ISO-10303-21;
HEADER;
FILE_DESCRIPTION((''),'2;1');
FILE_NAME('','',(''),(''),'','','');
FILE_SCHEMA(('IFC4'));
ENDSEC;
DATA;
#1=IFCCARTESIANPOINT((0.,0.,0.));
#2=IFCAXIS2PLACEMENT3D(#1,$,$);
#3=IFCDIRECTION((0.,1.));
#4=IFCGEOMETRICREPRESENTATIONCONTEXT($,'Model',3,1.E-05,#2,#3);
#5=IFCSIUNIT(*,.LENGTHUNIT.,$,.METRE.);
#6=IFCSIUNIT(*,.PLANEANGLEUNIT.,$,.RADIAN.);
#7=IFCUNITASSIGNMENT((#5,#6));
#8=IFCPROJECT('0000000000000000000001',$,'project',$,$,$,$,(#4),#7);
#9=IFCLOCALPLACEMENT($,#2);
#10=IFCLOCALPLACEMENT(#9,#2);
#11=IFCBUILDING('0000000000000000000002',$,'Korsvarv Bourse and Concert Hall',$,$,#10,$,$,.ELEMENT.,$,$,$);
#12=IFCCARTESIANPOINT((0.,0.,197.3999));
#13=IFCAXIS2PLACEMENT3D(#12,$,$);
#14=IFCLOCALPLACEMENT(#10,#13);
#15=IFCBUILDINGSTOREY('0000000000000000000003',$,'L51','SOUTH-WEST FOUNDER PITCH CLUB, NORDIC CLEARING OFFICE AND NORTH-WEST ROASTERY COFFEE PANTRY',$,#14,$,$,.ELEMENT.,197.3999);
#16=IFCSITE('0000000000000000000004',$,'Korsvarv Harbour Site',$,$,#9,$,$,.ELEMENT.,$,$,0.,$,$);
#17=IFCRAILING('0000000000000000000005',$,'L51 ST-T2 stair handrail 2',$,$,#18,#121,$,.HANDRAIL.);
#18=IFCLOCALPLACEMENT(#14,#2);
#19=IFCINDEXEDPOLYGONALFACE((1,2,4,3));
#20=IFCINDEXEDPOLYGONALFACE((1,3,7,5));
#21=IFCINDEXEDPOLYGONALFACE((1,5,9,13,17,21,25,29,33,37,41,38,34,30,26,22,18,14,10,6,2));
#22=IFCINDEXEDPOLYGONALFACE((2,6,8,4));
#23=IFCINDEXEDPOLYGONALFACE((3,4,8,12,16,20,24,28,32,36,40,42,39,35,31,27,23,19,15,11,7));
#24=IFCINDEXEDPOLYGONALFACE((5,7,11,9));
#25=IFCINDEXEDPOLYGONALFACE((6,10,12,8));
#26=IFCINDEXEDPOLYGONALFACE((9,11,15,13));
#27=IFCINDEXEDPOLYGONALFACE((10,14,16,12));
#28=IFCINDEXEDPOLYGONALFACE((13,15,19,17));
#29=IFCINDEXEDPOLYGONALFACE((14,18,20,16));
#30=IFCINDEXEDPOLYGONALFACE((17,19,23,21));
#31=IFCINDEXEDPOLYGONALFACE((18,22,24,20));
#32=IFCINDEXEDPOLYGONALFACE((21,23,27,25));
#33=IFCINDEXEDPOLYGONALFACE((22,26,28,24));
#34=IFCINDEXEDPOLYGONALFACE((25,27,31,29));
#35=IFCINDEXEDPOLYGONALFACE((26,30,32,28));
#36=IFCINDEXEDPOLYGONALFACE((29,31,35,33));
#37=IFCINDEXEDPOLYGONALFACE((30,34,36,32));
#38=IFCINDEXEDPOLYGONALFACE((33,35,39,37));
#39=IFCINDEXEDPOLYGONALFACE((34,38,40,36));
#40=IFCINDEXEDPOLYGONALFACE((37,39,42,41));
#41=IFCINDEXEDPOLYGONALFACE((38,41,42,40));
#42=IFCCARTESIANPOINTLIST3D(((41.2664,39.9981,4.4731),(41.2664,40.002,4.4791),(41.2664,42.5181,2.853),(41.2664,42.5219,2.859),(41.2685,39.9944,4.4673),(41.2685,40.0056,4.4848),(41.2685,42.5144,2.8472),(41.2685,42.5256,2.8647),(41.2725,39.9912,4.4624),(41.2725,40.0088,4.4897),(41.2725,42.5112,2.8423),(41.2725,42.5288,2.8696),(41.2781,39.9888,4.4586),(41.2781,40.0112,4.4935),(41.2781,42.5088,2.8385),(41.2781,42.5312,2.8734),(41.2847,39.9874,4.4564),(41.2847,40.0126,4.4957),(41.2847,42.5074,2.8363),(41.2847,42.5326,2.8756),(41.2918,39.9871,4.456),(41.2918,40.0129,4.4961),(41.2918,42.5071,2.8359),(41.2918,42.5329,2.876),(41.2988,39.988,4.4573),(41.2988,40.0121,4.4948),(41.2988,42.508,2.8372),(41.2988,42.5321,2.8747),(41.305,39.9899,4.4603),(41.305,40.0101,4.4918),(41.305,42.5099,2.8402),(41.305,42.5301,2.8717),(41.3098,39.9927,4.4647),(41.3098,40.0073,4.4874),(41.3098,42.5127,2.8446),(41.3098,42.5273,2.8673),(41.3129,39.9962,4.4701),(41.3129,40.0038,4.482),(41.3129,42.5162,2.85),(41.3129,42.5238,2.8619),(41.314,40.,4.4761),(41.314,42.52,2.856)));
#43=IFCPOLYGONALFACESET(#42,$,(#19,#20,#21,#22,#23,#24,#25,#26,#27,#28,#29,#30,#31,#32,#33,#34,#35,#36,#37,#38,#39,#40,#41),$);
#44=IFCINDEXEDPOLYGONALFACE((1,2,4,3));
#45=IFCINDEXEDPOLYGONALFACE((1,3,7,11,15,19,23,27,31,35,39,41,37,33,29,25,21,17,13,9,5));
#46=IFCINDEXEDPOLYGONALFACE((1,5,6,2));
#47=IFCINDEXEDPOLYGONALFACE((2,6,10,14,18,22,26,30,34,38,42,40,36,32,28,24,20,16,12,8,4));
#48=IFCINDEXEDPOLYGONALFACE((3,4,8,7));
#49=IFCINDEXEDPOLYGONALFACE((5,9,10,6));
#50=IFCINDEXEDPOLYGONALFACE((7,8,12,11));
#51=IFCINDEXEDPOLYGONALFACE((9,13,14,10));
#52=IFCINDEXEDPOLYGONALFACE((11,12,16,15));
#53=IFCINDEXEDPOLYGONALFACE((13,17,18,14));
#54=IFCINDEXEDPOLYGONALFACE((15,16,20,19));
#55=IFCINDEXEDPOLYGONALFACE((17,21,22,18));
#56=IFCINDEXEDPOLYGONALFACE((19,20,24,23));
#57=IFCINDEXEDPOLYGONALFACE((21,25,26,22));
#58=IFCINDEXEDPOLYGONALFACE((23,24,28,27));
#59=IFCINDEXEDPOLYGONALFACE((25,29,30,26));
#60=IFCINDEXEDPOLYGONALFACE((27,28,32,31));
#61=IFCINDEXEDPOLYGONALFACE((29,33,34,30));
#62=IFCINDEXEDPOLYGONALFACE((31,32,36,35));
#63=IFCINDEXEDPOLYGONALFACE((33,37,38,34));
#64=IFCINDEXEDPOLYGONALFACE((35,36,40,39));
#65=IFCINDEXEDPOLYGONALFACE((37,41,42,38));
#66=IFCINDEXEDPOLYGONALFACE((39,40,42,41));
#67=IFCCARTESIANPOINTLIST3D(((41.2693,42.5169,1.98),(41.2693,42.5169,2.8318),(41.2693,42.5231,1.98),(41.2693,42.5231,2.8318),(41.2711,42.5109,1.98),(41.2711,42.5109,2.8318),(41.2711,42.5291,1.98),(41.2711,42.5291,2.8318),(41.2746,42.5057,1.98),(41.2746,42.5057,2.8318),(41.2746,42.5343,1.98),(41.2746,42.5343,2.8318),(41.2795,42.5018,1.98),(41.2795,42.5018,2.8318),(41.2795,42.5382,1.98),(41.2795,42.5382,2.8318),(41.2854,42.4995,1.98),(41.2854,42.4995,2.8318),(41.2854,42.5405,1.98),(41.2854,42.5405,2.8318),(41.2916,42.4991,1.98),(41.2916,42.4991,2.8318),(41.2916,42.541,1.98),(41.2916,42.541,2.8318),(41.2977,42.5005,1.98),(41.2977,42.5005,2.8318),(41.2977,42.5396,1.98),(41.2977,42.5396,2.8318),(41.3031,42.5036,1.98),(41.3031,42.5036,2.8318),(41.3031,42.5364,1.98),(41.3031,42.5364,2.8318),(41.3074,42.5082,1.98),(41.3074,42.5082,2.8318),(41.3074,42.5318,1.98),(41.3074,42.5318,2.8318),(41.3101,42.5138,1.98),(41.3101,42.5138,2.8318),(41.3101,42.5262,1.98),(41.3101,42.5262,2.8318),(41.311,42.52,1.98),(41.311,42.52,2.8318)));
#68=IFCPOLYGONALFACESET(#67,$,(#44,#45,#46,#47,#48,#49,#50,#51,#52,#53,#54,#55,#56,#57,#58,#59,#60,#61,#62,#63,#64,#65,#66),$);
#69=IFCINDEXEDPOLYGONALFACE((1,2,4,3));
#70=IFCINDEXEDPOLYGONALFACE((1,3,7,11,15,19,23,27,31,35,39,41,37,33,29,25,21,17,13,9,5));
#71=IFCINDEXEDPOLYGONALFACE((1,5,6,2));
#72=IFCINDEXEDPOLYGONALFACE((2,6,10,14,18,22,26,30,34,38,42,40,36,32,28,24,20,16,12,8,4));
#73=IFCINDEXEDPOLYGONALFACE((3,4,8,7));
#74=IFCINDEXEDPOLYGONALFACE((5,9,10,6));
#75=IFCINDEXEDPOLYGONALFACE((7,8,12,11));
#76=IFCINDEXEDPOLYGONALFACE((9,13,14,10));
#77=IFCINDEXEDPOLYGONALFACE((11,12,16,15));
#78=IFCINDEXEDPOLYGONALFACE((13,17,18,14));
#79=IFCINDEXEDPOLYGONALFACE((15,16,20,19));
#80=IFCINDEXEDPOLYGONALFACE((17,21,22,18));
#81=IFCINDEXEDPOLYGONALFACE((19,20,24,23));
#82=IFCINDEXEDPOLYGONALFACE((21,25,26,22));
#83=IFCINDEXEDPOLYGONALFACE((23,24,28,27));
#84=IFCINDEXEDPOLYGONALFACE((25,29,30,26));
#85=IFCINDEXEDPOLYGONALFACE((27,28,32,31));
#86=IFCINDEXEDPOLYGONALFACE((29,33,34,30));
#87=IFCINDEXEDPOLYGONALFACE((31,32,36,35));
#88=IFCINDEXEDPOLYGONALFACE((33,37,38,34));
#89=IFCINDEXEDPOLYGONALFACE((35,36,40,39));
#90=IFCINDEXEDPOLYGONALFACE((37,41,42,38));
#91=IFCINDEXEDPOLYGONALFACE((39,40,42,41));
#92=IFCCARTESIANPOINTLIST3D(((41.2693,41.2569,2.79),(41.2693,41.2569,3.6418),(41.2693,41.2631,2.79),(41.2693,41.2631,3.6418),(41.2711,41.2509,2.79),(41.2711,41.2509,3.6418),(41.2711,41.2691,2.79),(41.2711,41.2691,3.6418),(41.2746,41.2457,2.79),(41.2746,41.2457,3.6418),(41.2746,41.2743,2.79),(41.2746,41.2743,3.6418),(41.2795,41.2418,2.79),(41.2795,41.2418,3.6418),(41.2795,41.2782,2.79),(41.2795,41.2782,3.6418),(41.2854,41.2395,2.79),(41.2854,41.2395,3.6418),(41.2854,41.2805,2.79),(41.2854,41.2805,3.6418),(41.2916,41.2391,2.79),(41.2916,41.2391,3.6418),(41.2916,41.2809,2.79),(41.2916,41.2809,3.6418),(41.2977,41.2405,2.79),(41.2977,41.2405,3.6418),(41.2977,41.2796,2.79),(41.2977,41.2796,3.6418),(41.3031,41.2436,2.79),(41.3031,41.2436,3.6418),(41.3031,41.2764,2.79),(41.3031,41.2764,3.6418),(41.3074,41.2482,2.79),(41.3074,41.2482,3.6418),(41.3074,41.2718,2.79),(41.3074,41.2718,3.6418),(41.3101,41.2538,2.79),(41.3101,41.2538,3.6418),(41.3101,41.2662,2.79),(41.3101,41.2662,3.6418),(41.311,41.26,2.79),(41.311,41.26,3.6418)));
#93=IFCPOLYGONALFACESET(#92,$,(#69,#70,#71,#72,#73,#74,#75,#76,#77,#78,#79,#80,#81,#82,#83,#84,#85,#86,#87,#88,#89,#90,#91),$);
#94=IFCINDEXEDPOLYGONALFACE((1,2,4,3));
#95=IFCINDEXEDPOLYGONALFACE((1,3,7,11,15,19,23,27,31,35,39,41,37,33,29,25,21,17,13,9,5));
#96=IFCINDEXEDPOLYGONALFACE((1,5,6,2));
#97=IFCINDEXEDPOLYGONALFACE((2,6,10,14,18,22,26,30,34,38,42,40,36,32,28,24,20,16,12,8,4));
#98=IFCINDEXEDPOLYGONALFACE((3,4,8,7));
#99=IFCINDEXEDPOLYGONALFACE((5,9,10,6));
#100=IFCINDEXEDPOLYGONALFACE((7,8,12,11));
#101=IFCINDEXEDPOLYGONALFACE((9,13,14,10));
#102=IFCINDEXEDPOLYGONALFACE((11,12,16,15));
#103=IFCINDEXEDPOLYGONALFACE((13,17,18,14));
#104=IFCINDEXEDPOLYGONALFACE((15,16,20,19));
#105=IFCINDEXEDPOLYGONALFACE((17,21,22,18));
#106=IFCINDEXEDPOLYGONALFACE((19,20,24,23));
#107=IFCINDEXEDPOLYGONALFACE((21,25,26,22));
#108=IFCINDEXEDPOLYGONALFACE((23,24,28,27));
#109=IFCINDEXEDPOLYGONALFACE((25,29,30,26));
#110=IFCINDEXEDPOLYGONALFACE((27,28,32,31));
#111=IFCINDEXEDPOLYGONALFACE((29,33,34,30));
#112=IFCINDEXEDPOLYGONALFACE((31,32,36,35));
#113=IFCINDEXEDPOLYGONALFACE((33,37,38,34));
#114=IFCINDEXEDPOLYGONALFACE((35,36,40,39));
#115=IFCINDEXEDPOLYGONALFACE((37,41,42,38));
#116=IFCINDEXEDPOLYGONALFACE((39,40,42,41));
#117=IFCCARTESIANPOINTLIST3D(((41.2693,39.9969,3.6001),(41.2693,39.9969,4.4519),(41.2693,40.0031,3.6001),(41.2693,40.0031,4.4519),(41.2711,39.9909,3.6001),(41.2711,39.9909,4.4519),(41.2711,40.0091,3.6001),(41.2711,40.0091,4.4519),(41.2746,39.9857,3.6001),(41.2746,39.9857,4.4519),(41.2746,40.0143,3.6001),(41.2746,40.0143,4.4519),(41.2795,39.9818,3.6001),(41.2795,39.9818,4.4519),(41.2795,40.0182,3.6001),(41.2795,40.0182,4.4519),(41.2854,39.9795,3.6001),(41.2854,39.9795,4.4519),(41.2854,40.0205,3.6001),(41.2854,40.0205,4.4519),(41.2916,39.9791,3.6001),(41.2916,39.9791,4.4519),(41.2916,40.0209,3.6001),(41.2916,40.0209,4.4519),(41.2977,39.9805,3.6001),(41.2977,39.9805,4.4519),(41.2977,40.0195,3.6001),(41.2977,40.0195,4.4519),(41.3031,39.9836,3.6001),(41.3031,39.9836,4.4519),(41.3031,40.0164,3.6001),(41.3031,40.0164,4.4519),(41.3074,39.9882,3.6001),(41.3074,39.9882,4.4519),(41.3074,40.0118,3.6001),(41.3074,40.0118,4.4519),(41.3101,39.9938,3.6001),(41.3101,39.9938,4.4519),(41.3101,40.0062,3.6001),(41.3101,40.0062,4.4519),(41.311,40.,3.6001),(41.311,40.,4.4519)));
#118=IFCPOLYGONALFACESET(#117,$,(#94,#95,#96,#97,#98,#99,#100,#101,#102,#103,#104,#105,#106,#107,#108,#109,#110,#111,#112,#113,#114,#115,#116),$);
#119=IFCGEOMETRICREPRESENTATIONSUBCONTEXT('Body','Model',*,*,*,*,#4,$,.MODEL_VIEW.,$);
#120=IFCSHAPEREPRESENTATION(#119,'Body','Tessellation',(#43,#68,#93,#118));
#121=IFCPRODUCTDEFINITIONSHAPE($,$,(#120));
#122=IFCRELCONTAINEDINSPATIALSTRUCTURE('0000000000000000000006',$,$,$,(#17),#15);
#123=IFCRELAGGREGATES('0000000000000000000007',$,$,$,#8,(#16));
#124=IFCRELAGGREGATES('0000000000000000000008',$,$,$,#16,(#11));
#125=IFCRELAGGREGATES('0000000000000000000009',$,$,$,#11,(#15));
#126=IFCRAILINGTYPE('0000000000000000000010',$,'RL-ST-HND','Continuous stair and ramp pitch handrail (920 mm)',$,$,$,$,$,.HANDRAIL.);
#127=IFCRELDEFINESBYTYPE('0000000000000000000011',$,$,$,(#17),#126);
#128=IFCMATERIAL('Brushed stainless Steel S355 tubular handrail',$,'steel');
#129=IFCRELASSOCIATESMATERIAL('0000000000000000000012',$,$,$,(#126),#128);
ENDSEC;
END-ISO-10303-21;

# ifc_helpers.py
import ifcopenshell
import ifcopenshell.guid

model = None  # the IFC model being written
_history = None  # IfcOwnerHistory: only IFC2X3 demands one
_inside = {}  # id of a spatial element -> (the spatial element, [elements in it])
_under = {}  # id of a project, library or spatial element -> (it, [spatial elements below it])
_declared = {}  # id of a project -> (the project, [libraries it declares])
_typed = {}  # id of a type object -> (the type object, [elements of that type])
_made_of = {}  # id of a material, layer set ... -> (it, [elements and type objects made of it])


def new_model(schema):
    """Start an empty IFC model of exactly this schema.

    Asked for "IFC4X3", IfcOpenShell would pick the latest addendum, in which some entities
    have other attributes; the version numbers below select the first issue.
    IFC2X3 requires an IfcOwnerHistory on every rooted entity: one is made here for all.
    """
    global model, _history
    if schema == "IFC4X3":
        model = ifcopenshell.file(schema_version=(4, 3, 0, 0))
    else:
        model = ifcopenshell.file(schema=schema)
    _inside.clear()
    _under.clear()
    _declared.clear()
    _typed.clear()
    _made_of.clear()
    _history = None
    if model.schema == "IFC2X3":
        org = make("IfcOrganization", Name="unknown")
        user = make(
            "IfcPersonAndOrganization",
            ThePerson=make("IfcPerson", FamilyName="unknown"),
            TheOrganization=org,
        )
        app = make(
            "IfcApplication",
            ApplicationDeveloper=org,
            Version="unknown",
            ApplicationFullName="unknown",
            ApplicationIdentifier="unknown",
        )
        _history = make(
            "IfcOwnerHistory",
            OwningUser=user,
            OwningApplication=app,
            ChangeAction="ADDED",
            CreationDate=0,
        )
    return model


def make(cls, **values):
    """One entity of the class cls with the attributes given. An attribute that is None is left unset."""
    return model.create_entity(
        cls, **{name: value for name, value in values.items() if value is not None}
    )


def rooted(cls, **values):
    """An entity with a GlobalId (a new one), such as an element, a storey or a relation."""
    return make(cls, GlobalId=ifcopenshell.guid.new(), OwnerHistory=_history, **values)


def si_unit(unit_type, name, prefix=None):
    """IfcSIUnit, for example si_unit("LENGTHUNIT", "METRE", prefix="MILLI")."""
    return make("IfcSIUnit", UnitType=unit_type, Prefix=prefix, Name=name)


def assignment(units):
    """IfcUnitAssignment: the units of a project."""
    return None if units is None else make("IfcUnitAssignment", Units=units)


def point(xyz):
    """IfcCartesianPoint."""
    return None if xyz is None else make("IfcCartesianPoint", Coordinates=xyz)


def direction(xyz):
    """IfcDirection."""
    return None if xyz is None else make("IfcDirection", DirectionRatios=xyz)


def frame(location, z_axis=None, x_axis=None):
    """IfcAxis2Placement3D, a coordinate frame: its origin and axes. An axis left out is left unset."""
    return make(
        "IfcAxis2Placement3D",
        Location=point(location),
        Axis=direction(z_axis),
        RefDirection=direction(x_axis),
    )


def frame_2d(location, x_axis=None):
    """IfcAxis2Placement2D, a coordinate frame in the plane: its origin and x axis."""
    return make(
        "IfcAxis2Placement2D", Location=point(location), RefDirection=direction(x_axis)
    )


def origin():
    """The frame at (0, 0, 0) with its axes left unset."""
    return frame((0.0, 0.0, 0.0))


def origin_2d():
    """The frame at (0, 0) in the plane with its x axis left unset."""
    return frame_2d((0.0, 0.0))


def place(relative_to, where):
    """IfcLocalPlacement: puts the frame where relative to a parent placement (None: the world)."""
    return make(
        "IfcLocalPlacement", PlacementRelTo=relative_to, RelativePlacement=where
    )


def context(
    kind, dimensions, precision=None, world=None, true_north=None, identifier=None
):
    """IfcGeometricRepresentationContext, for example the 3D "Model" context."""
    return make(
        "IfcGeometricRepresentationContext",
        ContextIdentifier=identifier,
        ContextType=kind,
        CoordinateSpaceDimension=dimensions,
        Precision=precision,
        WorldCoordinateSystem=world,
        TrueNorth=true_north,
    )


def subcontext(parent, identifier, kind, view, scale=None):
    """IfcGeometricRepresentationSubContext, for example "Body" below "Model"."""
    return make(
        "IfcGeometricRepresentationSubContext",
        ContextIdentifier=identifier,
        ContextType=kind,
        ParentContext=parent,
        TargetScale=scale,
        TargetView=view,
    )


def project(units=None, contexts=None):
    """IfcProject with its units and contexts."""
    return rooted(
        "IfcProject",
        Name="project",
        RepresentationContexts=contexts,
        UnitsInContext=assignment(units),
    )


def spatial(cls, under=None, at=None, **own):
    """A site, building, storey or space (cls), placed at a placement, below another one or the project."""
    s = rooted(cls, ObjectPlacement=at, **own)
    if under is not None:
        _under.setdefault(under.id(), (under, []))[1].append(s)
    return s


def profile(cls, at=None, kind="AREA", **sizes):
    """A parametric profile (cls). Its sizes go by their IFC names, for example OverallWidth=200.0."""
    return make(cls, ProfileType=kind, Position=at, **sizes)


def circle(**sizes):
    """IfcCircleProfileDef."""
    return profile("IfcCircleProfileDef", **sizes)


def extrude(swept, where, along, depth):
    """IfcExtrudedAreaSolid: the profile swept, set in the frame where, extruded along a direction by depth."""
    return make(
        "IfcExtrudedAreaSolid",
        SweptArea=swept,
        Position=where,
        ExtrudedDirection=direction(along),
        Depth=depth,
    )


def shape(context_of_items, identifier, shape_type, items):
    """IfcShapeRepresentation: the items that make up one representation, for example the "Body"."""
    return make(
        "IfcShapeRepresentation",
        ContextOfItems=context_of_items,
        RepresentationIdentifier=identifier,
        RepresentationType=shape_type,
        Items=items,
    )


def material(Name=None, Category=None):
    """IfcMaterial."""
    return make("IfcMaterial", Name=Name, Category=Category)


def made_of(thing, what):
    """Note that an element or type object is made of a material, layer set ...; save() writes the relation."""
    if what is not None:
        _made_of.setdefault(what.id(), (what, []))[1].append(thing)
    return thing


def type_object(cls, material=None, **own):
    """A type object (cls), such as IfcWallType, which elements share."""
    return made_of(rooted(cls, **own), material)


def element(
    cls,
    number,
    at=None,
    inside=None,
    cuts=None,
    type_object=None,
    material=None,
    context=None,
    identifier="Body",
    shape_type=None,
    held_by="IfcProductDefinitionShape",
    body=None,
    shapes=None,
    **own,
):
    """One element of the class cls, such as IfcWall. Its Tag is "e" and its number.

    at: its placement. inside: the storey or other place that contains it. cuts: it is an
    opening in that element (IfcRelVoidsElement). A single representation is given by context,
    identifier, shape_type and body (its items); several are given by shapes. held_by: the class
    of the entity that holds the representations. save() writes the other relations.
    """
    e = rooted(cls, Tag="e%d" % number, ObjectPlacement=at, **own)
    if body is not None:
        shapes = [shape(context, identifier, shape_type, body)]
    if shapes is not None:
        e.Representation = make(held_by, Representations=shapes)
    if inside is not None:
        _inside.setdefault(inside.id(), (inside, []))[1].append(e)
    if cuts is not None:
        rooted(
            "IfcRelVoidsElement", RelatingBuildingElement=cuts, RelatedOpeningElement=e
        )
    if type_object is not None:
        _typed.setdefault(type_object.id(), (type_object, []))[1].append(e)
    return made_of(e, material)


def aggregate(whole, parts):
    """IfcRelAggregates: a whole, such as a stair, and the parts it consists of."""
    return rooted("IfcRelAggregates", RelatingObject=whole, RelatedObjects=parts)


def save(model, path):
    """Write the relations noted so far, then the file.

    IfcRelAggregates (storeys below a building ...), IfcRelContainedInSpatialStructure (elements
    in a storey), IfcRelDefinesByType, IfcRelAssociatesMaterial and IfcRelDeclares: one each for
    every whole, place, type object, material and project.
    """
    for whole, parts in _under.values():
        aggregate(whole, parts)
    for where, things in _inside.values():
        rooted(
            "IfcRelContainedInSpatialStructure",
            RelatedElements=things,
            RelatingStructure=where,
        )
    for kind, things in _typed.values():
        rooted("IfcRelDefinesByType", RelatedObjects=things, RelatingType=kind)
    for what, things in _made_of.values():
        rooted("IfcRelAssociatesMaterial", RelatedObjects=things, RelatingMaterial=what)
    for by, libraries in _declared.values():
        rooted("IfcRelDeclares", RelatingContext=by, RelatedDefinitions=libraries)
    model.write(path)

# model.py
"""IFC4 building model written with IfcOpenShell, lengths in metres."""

from ifc_helpers import new_model, si_unit, direction, frame, origin, origin_2d, place, context, subcontext, project, spatial, circle, extrude, material, type_object, element, save


model = new_model("IFC4")

# Units and contexts
model_context = context("Model", 3, precision=1e-05, world=origin(), true_north=direction((0.0, 1.0)))
body_context = subcontext(model_context, "Body", "Model", "MODEL_VIEW")
ifc_project = project(units=[si_unit("LENGTHUNIT", "METRE"), si_unit("PLANEANGLEUNIT", "RADIAN")], contexts=[model_context])

# Site, building, storey
site_placement = place(None, origin())
site = spatial("IfcSite", under=ifc_project, at=site_placement, Name="Korsvarv Harbour Site", CompositionType="ELEMENT", RefElevation=0.0)
building_placement = place(site_placement, origin())
building = spatial("IfcBuilding", under=site, at=building_placement, Name="Korsvarv Bourse and Concert Hall", CompositionType="ELEMENT")
storey_placement = place(building_placement, frame((0.0, 0.0, 197.3999)))
storey = spatial("IfcBuildingStorey", under=building, at=storey_placement, Name="L51", Description="SOUTH-WEST FOUNDER PITCH CLUB, NORDIC CLEARING OFFICE AND NORTH-WEST ROASTERY COFFEE PANTRY", CompositionType="ELEMENT", Elevation=197.3999)

# Railing
ifc_material_1 = material(Name="Brushed stainless Steel S355 tubular handrail", Category="steel")
railing_type = type_object("IfcRailingType", Name="RL-ST-HND", Description="Continuous stair and ramp pitch handrail (920 mm)", PredefinedType="HANDRAIL", material=ifc_material_1)
railing_placement = place(storey_placement, frame((41.29, 42.52, 1.98)))
element("IfcRailing", 1, at=railing_placement, inside=storey, type_object=railing_type, Name="L51 ST-T2 stair handrail 2", PredefinedType="HANDRAIL", context=body_context, shape_type="SweptSolid", body=[
    extrude(circle(Radius=0.0239, at=origin_2d()), frame((0.0, 0.0, 0.876), z_axis=(0.0, -0.841163, 0.540782), x_axis=(1.0, 0.0, 0.0)), (0.0, 0.0, 1.0), 2.9958),
    extrude(circle(Radius=0.021, at=origin_2d()), origin(), (0.0, 0.0, 1.0), 0.8518),
    extrude(circle(Radius=0.021, at=origin_2d()), frame((0.0, -1.26, 0.8101)), (0.0, 0.0, 1.0), 0.8518),
    extrude(circle(Radius=0.021, at=origin_2d()), frame((0.0, -2.52, 1.6201)), (0.0, 0.0, 1.0), 0.8518),
])

save(model, "model.ifc")
